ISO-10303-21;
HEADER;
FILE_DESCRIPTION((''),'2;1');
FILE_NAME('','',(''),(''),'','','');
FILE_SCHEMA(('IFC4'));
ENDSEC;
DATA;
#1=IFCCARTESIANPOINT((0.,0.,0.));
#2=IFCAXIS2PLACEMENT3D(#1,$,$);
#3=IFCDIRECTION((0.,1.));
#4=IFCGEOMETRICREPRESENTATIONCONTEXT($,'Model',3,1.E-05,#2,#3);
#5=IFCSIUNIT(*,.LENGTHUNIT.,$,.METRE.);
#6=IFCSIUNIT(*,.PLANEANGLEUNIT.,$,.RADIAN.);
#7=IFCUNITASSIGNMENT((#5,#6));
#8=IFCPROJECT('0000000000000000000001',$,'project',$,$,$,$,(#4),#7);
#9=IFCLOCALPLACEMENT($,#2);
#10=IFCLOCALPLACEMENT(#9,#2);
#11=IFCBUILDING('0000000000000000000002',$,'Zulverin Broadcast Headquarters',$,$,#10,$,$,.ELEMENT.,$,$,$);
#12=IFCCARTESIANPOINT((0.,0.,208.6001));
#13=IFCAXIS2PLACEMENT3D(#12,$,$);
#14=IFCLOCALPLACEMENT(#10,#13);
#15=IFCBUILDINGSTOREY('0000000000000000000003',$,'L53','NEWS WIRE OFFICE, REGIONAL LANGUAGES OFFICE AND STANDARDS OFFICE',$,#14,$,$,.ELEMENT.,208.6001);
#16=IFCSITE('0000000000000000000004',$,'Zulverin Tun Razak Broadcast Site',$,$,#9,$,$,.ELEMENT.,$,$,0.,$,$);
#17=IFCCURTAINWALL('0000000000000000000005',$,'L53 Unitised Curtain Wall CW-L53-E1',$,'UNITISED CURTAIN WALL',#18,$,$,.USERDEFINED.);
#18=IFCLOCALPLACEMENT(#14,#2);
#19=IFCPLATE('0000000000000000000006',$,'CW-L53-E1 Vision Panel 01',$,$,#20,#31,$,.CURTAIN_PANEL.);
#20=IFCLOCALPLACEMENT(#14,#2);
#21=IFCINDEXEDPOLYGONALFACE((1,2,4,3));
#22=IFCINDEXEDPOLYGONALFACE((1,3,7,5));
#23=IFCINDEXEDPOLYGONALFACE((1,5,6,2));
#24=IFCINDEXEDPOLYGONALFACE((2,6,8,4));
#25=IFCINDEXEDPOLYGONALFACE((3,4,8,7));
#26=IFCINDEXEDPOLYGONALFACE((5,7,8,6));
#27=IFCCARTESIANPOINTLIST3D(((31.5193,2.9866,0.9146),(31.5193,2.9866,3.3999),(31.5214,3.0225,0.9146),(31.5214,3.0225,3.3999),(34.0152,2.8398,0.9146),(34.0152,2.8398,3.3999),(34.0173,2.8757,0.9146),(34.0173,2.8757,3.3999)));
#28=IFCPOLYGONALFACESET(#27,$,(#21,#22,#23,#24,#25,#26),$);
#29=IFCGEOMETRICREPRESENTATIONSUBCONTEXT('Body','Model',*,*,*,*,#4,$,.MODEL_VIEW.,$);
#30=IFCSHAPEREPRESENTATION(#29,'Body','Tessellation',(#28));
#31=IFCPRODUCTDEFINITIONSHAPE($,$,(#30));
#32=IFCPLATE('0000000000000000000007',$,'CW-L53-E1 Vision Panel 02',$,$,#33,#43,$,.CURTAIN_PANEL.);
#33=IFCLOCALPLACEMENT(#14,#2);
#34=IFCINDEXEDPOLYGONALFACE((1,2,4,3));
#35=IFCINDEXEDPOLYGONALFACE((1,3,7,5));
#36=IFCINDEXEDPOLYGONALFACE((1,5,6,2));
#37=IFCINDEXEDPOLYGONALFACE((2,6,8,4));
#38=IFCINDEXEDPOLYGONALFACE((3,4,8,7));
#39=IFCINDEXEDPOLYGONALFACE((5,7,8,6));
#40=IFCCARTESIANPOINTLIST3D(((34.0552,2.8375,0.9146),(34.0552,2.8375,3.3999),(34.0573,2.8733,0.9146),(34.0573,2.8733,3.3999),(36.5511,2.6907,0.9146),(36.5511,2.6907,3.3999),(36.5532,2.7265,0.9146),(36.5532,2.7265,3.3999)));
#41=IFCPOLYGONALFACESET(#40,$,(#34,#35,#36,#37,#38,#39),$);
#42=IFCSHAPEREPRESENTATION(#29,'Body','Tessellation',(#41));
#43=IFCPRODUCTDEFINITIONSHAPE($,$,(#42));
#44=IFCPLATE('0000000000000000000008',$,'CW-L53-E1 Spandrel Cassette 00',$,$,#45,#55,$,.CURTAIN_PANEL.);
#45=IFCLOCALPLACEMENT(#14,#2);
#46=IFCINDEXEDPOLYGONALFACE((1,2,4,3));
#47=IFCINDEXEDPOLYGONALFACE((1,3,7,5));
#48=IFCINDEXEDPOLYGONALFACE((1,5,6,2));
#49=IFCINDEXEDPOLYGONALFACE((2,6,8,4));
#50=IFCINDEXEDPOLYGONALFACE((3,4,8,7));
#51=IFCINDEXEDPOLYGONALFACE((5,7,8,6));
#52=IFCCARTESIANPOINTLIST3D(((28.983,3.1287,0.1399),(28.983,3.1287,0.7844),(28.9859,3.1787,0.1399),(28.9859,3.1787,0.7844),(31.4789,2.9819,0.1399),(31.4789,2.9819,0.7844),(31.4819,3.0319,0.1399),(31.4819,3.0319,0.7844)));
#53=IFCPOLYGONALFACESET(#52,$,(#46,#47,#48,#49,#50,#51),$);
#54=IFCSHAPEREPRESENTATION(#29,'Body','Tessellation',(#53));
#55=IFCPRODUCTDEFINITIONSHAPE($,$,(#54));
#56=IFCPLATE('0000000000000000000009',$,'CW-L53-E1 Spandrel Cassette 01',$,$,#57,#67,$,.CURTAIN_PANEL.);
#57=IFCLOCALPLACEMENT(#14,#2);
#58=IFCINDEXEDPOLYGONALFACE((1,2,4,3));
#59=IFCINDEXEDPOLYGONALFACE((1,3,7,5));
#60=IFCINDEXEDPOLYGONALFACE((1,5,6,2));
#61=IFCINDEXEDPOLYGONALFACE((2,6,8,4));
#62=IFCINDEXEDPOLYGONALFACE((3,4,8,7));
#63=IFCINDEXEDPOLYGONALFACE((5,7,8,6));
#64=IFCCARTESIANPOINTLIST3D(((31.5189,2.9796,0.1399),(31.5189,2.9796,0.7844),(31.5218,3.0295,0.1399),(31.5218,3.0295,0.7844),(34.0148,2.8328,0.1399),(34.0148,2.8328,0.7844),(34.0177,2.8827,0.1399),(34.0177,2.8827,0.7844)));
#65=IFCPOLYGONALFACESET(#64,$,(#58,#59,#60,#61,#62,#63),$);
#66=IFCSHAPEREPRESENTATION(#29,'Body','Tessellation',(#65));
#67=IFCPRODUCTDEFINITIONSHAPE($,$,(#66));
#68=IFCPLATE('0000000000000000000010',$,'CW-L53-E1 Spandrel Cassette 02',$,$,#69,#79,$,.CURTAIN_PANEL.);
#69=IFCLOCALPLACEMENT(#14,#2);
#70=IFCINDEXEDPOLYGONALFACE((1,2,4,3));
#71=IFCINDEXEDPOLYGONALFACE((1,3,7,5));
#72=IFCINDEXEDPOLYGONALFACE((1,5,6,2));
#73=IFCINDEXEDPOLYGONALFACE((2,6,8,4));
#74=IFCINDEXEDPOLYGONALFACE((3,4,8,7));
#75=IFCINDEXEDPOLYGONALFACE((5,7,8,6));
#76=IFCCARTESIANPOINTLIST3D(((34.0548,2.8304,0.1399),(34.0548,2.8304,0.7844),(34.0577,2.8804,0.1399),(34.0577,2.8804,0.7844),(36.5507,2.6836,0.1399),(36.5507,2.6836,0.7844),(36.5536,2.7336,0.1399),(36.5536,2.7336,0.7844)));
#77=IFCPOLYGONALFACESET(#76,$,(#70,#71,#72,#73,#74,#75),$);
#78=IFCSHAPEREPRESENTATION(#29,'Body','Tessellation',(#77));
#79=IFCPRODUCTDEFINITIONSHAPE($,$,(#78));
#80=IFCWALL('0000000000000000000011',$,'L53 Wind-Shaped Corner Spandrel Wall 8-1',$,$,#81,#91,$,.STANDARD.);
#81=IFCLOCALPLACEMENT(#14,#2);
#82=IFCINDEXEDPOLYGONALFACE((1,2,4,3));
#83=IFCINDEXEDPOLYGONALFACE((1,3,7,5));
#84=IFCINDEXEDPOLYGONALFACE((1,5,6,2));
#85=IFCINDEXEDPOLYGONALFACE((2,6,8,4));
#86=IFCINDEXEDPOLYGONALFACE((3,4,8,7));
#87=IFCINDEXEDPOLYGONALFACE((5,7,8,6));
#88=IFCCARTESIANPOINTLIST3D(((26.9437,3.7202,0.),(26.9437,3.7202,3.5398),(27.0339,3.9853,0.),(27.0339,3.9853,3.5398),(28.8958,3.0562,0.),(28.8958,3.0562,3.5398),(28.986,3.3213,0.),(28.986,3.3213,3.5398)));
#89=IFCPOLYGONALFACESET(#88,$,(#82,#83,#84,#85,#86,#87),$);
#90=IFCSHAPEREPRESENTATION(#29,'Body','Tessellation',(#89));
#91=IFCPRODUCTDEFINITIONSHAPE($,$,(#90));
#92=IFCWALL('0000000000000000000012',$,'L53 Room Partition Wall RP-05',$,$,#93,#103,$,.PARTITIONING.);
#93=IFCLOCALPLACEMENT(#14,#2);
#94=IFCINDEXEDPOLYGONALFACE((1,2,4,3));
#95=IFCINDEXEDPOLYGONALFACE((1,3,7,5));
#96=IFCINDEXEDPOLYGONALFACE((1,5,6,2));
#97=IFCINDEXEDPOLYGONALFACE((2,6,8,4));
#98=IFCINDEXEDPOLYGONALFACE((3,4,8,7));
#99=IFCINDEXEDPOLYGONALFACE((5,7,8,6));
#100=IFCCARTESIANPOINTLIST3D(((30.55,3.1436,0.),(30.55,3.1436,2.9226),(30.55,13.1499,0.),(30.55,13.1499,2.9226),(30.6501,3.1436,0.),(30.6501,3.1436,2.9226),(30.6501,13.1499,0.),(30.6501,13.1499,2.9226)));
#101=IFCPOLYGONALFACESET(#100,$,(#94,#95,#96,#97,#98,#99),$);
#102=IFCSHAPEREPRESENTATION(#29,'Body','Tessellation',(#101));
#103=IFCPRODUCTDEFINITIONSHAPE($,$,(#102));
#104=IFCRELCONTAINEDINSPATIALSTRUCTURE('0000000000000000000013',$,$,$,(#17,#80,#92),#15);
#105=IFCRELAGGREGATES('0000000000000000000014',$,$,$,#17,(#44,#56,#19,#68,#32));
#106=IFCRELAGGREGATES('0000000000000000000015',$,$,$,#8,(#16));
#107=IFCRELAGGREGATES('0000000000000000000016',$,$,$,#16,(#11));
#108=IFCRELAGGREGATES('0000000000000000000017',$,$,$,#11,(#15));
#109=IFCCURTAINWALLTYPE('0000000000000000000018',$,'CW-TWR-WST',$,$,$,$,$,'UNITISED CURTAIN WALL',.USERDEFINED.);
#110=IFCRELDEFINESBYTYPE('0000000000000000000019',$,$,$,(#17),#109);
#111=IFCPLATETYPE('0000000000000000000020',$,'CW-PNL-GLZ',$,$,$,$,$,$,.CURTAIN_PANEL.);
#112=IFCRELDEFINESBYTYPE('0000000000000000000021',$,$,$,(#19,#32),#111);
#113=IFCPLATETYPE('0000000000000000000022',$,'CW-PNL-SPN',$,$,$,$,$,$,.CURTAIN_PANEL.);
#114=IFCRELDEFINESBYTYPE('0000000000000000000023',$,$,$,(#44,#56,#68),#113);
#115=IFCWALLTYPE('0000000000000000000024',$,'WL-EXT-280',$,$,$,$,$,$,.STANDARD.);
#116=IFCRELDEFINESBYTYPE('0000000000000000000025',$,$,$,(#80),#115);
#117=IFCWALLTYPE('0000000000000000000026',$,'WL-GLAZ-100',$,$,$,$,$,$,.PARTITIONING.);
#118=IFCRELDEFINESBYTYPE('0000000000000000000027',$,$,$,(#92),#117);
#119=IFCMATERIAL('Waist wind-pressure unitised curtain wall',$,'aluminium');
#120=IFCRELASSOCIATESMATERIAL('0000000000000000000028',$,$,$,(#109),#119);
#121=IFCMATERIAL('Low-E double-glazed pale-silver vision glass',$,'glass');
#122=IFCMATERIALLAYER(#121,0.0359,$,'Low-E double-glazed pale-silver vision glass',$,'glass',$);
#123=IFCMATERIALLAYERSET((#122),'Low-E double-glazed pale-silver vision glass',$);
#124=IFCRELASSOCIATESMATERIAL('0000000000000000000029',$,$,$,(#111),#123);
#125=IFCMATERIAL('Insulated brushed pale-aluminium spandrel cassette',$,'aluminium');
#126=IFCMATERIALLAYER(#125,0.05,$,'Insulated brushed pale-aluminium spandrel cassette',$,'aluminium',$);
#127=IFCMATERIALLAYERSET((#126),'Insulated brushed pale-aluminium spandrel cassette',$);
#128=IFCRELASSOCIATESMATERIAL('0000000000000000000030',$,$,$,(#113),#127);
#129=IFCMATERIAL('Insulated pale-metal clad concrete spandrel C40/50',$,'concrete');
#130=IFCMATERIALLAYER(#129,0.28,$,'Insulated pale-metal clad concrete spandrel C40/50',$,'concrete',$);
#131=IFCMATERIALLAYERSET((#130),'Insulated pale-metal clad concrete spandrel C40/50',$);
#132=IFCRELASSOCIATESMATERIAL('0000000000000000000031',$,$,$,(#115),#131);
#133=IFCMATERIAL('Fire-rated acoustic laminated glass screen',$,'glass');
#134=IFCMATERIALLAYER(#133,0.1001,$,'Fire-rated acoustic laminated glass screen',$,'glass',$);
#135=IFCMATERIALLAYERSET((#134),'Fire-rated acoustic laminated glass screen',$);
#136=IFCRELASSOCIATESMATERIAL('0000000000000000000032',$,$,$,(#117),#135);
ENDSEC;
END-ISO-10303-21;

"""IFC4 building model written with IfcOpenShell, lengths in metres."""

from ifc_helpers import new_model, si_unit, direction, frame, frame_2d, origin, origin_2d, place, context, subcontext, project, spatial, rectangle, extrude, material, layer, layer_set, type_object, element, aggregate, save


model = new_model("IFC4")

# Units and contexts
model_context = context("Model", 3, precision=1e-05, world=origin(), true_north=direction((0.0, 1.0)))
body_context = subcontext(model_context, "Body", "Model", "MODEL_VIEW")
ifc_project = project(units=[si_unit("LENGTHUNIT", "METRE"), si_unit("PLANEANGLEUNIT", "RADIAN")], contexts=[model_context])

# Site, building, storey
site_placement = place(None, origin())
site = spatial("IfcSite", under=ifc_project, at=site_placement, Name="Zulverin Tun Razak Broadcast Site", CompositionType="ELEMENT", RefElevation=0.0)
building_placement = place(site_placement, origin())
building = spatial("IfcBuilding", under=site, at=building_placement, Name="Zulverin Broadcast Headquarters", CompositionType="ELEMENT")
storey_placement = place(building_placement, frame((0.0, 0.0, 208.6001)))
storey = spatial("IfcBuildingStorey", under=building, at=storey_placement, Name="L53", Description="NEWS WIRE OFFICE, REGIONAL LANGUAGES OFFICE AND STANDARDS OFFICE", CompositionType="ELEMENT", Elevation=208.6001)

# Curtain wall, plates
ifc_material_1 = material(Name="Waist wind-pressure unitised curtain wall", Category="aluminium")
curtain_wall_type = type_object("IfcCurtainWallType", Name="CW-TWR-WST", ElementType="UNITISED CURTAIN WALL", PredefinedType="USERDEFINED", material=ifc_material_1)
curtain_wall_placement = place(storey_placement, origin())
curtain_wall = element("IfcCurtainWall", 1, at=curtain_wall_placement, inside=storey, type_object=curtain_wall_type, Name="L53 Unitised Curtain Wall CW-L53-E1", ObjectType="UNITISED CURTAIN WALL", PredefinedType="USERDEFINED")
ifc_material_2 = material(Name="Low-E double-glazed pale-silver vision glass", Category="glass")
ifc_layer_1 = layer(ifc_material_2, 0.0359, Name="Low-E double-glazed pale-silver vision glass", Category="glass")
ifc_layer_set_1 = layer_set([ifc_layer_1], Name="Low-E double-glazed pale-silver vision glass")
plate_type_1 = type_object("IfcPlateType", Name="CW-PNL-GLZ", PredefinedType="CURTAIN_PANEL", material=ifc_layer_set_1)
plate_1_placement = place(storey_placement, frame((32.7683, 2.9312, 0.9146), z_axis=(0.0, 0.0, 1.0), x_axis=(0.998274, -0.058721, 0.0)))
plate_1 = element("IfcPlate", 2, at=plate_1_placement, type_object=plate_type_1, Name="CW-L53-E1 Vision Panel 01", PredefinedType="CURTAIN_PANEL", context=body_context, shape_type="SweptSolid", body=[
    extrude(rectangle(XDim=2.5002, YDim=0.0359, at=origin_2d()), origin(), (0.0, 0.0, 1.0), 2.4854),
])
plate_2_placement = place(storey_placement, frame((35.3042, 2.782, 0.9146), z_axis=(0.0, 0.0, 1.0), x_axis=(0.998274, -0.058721, 0.0)))
plate_2 = element("IfcPlate", 3, at=plate_2_placement, type_object=plate_type_1, Name="CW-L53-E1 Vision Panel 02", PredefinedType="CURTAIN_PANEL", context=body_context, shape_type="SweptSolid", body=[
    extrude(rectangle(XDim=2.5002, YDim=0.0359, at=origin_2d()), origin(), (0.0, 0.0, 1.0), 2.4854),
])
ifc_material_3 = material(Name="Insulated brushed pale-aluminium spandrel cassette", Category="aluminium")
ifc_layer_2 = layer(ifc_material_3, 0.05, Name="Insulated brushed pale-aluminium spandrel cassette", Category="aluminium")
ifc_layer_set_2 = layer_set([ifc_layer_2], Name="Insulated brushed pale-aluminium spandrel cassette")
plate_type_2 = type_object("IfcPlateType", Name="CW-PNL-SPN", PredefinedType="CURTAIN_PANEL", material=ifc_layer_set_2)
plate_3_placement = place(storey_placement, frame((30.2324, 3.0803, 0.1399), z_axis=(0.0, 0.0, 1.0), x_axis=(0.998274, -0.058721, 0.0)))
plate_3 = element("IfcPlate", 4, at=plate_3_placement, type_object=plate_type_2, Name="CW-L53-E1 Spandrel Cassette 00", PredefinedType="CURTAIN_PANEL", context=body_context, shape_type="SweptSolid", body=[
    extrude(rectangle(XDim=2.5002, YDim=0.05, at=origin_2d()), origin(), (0.0, 0.0, 1.0), 0.6445),
])
plate_4_placement = place(storey_placement, frame((32.7683, 2.9312, 0.1399), z_axis=(0.0, 0.0, 1.0), x_axis=(0.998274, -0.058721, 0.0)))
plate_4 = element("IfcPlate", 5, at=plate_4_placement, type_object=plate_type_2, Name="CW-L53-E1 Spandrel Cassette 01", PredefinedType="CURTAIN_PANEL", context=body_context, shape_type="SweptSolid", body=[
    extrude(rectangle(XDim=2.5002, YDim=0.05, at=origin_2d()), origin(), (0.0, 0.0, 1.0), 0.6445),
])
plate_5_placement = place(storey_placement, frame((35.3042, 2.782, 0.1399), z_axis=(0.0, 0.0, 1.0), x_axis=(0.998274, -0.058721, 0.0)))
plate_5 = element("IfcPlate", 6, at=plate_5_placement, type_object=plate_type_2, Name="CW-L53-E1 Spandrel Cassette 02", PredefinedType="CURTAIN_PANEL", context=body_context, shape_type="SweptSolid", body=[
    extrude(rectangle(XDim=2.5002, YDim=0.05, at=origin_2d()), origin(), (0.0, 0.0, 1.0), 0.6445),
])
aggregate(curtain_wall, [plate_3, plate_4, plate_1, plate_5, plate_2])

# Walls
ifc_material_4 = material(Name="Insulated pale-metal clad concrete spandrel C40/50", Category="concrete")
ifc_layer_3 = layer(ifc_material_4, 0.28, Name="Insulated pale-metal clad concrete spandrel C40/50", Category="concrete")
ifc_layer_set_3 = layer_set([ifc_layer_3], Name="Insulated pale-metal clad concrete spandrel C40/50")
wall_type_1 = type_object("IfcWallType", Name="WL-EXT-280", PredefinedType="STANDARD", material=ifc_layer_set_3)
wall_1_placement = place(storey_placement, frame((26.9888, 3.8528, 0.0), z_axis=(0.0, 0.0, 1.0), x_axis=(0.946724, -0.322047, 0.0)))
element("IfcWall", 7, at=wall_1_placement, inside=storey, type_object=wall_type_1, Name="L53 Wind-Shaped Corner Spandrel Wall 8-1", PredefinedType="STANDARD", context=body_context, shape_type="SweptSolid", body=[
    extrude(rectangle(XDim=2.062, YDim=0.28, at=frame_2d((1.031, 0.0))), origin(), (0.0, 0.0, 1.0), 3.5398),
])
ifc_material_5 = material(Name="Fire-rated acoustic laminated glass screen", Category="glass")
ifc_layer_4 = layer(ifc_material_5, 0.1001, Name="Fire-rated acoustic laminated glass screen", Category="glass")
ifc_layer_set_4 = layer_set([ifc_layer_4], Name="Fire-rated acoustic laminated glass screen")
wall_type_2 = type_object("IfcWallType", Name="WL-GLAZ-100", PredefinedType="PARTITIONING", material=ifc_layer_set_4)
wall_2_placement = place(storey_placement, frame((30.6001, 3.1436, 0.0), z_axis=(0.0, 0.0, 1.0), x_axis=(0.0, 1.0, 0.0)))
element("IfcWall", 8, at=wall_2_placement, inside=storey, type_object=wall_type_2, Name="L53 Room Partition Wall RP-05", PredefinedType="PARTITIONING", context=body_context, shape_type="SweptSolid", body=[
    extrude(rectangle(XDim=10.0063, YDim=0.1001, at=frame_2d((5.0032, 0.0))), origin(), (0.0, 0.0, 1.0), 2.9226),
])

save(model, "model.ifc")
